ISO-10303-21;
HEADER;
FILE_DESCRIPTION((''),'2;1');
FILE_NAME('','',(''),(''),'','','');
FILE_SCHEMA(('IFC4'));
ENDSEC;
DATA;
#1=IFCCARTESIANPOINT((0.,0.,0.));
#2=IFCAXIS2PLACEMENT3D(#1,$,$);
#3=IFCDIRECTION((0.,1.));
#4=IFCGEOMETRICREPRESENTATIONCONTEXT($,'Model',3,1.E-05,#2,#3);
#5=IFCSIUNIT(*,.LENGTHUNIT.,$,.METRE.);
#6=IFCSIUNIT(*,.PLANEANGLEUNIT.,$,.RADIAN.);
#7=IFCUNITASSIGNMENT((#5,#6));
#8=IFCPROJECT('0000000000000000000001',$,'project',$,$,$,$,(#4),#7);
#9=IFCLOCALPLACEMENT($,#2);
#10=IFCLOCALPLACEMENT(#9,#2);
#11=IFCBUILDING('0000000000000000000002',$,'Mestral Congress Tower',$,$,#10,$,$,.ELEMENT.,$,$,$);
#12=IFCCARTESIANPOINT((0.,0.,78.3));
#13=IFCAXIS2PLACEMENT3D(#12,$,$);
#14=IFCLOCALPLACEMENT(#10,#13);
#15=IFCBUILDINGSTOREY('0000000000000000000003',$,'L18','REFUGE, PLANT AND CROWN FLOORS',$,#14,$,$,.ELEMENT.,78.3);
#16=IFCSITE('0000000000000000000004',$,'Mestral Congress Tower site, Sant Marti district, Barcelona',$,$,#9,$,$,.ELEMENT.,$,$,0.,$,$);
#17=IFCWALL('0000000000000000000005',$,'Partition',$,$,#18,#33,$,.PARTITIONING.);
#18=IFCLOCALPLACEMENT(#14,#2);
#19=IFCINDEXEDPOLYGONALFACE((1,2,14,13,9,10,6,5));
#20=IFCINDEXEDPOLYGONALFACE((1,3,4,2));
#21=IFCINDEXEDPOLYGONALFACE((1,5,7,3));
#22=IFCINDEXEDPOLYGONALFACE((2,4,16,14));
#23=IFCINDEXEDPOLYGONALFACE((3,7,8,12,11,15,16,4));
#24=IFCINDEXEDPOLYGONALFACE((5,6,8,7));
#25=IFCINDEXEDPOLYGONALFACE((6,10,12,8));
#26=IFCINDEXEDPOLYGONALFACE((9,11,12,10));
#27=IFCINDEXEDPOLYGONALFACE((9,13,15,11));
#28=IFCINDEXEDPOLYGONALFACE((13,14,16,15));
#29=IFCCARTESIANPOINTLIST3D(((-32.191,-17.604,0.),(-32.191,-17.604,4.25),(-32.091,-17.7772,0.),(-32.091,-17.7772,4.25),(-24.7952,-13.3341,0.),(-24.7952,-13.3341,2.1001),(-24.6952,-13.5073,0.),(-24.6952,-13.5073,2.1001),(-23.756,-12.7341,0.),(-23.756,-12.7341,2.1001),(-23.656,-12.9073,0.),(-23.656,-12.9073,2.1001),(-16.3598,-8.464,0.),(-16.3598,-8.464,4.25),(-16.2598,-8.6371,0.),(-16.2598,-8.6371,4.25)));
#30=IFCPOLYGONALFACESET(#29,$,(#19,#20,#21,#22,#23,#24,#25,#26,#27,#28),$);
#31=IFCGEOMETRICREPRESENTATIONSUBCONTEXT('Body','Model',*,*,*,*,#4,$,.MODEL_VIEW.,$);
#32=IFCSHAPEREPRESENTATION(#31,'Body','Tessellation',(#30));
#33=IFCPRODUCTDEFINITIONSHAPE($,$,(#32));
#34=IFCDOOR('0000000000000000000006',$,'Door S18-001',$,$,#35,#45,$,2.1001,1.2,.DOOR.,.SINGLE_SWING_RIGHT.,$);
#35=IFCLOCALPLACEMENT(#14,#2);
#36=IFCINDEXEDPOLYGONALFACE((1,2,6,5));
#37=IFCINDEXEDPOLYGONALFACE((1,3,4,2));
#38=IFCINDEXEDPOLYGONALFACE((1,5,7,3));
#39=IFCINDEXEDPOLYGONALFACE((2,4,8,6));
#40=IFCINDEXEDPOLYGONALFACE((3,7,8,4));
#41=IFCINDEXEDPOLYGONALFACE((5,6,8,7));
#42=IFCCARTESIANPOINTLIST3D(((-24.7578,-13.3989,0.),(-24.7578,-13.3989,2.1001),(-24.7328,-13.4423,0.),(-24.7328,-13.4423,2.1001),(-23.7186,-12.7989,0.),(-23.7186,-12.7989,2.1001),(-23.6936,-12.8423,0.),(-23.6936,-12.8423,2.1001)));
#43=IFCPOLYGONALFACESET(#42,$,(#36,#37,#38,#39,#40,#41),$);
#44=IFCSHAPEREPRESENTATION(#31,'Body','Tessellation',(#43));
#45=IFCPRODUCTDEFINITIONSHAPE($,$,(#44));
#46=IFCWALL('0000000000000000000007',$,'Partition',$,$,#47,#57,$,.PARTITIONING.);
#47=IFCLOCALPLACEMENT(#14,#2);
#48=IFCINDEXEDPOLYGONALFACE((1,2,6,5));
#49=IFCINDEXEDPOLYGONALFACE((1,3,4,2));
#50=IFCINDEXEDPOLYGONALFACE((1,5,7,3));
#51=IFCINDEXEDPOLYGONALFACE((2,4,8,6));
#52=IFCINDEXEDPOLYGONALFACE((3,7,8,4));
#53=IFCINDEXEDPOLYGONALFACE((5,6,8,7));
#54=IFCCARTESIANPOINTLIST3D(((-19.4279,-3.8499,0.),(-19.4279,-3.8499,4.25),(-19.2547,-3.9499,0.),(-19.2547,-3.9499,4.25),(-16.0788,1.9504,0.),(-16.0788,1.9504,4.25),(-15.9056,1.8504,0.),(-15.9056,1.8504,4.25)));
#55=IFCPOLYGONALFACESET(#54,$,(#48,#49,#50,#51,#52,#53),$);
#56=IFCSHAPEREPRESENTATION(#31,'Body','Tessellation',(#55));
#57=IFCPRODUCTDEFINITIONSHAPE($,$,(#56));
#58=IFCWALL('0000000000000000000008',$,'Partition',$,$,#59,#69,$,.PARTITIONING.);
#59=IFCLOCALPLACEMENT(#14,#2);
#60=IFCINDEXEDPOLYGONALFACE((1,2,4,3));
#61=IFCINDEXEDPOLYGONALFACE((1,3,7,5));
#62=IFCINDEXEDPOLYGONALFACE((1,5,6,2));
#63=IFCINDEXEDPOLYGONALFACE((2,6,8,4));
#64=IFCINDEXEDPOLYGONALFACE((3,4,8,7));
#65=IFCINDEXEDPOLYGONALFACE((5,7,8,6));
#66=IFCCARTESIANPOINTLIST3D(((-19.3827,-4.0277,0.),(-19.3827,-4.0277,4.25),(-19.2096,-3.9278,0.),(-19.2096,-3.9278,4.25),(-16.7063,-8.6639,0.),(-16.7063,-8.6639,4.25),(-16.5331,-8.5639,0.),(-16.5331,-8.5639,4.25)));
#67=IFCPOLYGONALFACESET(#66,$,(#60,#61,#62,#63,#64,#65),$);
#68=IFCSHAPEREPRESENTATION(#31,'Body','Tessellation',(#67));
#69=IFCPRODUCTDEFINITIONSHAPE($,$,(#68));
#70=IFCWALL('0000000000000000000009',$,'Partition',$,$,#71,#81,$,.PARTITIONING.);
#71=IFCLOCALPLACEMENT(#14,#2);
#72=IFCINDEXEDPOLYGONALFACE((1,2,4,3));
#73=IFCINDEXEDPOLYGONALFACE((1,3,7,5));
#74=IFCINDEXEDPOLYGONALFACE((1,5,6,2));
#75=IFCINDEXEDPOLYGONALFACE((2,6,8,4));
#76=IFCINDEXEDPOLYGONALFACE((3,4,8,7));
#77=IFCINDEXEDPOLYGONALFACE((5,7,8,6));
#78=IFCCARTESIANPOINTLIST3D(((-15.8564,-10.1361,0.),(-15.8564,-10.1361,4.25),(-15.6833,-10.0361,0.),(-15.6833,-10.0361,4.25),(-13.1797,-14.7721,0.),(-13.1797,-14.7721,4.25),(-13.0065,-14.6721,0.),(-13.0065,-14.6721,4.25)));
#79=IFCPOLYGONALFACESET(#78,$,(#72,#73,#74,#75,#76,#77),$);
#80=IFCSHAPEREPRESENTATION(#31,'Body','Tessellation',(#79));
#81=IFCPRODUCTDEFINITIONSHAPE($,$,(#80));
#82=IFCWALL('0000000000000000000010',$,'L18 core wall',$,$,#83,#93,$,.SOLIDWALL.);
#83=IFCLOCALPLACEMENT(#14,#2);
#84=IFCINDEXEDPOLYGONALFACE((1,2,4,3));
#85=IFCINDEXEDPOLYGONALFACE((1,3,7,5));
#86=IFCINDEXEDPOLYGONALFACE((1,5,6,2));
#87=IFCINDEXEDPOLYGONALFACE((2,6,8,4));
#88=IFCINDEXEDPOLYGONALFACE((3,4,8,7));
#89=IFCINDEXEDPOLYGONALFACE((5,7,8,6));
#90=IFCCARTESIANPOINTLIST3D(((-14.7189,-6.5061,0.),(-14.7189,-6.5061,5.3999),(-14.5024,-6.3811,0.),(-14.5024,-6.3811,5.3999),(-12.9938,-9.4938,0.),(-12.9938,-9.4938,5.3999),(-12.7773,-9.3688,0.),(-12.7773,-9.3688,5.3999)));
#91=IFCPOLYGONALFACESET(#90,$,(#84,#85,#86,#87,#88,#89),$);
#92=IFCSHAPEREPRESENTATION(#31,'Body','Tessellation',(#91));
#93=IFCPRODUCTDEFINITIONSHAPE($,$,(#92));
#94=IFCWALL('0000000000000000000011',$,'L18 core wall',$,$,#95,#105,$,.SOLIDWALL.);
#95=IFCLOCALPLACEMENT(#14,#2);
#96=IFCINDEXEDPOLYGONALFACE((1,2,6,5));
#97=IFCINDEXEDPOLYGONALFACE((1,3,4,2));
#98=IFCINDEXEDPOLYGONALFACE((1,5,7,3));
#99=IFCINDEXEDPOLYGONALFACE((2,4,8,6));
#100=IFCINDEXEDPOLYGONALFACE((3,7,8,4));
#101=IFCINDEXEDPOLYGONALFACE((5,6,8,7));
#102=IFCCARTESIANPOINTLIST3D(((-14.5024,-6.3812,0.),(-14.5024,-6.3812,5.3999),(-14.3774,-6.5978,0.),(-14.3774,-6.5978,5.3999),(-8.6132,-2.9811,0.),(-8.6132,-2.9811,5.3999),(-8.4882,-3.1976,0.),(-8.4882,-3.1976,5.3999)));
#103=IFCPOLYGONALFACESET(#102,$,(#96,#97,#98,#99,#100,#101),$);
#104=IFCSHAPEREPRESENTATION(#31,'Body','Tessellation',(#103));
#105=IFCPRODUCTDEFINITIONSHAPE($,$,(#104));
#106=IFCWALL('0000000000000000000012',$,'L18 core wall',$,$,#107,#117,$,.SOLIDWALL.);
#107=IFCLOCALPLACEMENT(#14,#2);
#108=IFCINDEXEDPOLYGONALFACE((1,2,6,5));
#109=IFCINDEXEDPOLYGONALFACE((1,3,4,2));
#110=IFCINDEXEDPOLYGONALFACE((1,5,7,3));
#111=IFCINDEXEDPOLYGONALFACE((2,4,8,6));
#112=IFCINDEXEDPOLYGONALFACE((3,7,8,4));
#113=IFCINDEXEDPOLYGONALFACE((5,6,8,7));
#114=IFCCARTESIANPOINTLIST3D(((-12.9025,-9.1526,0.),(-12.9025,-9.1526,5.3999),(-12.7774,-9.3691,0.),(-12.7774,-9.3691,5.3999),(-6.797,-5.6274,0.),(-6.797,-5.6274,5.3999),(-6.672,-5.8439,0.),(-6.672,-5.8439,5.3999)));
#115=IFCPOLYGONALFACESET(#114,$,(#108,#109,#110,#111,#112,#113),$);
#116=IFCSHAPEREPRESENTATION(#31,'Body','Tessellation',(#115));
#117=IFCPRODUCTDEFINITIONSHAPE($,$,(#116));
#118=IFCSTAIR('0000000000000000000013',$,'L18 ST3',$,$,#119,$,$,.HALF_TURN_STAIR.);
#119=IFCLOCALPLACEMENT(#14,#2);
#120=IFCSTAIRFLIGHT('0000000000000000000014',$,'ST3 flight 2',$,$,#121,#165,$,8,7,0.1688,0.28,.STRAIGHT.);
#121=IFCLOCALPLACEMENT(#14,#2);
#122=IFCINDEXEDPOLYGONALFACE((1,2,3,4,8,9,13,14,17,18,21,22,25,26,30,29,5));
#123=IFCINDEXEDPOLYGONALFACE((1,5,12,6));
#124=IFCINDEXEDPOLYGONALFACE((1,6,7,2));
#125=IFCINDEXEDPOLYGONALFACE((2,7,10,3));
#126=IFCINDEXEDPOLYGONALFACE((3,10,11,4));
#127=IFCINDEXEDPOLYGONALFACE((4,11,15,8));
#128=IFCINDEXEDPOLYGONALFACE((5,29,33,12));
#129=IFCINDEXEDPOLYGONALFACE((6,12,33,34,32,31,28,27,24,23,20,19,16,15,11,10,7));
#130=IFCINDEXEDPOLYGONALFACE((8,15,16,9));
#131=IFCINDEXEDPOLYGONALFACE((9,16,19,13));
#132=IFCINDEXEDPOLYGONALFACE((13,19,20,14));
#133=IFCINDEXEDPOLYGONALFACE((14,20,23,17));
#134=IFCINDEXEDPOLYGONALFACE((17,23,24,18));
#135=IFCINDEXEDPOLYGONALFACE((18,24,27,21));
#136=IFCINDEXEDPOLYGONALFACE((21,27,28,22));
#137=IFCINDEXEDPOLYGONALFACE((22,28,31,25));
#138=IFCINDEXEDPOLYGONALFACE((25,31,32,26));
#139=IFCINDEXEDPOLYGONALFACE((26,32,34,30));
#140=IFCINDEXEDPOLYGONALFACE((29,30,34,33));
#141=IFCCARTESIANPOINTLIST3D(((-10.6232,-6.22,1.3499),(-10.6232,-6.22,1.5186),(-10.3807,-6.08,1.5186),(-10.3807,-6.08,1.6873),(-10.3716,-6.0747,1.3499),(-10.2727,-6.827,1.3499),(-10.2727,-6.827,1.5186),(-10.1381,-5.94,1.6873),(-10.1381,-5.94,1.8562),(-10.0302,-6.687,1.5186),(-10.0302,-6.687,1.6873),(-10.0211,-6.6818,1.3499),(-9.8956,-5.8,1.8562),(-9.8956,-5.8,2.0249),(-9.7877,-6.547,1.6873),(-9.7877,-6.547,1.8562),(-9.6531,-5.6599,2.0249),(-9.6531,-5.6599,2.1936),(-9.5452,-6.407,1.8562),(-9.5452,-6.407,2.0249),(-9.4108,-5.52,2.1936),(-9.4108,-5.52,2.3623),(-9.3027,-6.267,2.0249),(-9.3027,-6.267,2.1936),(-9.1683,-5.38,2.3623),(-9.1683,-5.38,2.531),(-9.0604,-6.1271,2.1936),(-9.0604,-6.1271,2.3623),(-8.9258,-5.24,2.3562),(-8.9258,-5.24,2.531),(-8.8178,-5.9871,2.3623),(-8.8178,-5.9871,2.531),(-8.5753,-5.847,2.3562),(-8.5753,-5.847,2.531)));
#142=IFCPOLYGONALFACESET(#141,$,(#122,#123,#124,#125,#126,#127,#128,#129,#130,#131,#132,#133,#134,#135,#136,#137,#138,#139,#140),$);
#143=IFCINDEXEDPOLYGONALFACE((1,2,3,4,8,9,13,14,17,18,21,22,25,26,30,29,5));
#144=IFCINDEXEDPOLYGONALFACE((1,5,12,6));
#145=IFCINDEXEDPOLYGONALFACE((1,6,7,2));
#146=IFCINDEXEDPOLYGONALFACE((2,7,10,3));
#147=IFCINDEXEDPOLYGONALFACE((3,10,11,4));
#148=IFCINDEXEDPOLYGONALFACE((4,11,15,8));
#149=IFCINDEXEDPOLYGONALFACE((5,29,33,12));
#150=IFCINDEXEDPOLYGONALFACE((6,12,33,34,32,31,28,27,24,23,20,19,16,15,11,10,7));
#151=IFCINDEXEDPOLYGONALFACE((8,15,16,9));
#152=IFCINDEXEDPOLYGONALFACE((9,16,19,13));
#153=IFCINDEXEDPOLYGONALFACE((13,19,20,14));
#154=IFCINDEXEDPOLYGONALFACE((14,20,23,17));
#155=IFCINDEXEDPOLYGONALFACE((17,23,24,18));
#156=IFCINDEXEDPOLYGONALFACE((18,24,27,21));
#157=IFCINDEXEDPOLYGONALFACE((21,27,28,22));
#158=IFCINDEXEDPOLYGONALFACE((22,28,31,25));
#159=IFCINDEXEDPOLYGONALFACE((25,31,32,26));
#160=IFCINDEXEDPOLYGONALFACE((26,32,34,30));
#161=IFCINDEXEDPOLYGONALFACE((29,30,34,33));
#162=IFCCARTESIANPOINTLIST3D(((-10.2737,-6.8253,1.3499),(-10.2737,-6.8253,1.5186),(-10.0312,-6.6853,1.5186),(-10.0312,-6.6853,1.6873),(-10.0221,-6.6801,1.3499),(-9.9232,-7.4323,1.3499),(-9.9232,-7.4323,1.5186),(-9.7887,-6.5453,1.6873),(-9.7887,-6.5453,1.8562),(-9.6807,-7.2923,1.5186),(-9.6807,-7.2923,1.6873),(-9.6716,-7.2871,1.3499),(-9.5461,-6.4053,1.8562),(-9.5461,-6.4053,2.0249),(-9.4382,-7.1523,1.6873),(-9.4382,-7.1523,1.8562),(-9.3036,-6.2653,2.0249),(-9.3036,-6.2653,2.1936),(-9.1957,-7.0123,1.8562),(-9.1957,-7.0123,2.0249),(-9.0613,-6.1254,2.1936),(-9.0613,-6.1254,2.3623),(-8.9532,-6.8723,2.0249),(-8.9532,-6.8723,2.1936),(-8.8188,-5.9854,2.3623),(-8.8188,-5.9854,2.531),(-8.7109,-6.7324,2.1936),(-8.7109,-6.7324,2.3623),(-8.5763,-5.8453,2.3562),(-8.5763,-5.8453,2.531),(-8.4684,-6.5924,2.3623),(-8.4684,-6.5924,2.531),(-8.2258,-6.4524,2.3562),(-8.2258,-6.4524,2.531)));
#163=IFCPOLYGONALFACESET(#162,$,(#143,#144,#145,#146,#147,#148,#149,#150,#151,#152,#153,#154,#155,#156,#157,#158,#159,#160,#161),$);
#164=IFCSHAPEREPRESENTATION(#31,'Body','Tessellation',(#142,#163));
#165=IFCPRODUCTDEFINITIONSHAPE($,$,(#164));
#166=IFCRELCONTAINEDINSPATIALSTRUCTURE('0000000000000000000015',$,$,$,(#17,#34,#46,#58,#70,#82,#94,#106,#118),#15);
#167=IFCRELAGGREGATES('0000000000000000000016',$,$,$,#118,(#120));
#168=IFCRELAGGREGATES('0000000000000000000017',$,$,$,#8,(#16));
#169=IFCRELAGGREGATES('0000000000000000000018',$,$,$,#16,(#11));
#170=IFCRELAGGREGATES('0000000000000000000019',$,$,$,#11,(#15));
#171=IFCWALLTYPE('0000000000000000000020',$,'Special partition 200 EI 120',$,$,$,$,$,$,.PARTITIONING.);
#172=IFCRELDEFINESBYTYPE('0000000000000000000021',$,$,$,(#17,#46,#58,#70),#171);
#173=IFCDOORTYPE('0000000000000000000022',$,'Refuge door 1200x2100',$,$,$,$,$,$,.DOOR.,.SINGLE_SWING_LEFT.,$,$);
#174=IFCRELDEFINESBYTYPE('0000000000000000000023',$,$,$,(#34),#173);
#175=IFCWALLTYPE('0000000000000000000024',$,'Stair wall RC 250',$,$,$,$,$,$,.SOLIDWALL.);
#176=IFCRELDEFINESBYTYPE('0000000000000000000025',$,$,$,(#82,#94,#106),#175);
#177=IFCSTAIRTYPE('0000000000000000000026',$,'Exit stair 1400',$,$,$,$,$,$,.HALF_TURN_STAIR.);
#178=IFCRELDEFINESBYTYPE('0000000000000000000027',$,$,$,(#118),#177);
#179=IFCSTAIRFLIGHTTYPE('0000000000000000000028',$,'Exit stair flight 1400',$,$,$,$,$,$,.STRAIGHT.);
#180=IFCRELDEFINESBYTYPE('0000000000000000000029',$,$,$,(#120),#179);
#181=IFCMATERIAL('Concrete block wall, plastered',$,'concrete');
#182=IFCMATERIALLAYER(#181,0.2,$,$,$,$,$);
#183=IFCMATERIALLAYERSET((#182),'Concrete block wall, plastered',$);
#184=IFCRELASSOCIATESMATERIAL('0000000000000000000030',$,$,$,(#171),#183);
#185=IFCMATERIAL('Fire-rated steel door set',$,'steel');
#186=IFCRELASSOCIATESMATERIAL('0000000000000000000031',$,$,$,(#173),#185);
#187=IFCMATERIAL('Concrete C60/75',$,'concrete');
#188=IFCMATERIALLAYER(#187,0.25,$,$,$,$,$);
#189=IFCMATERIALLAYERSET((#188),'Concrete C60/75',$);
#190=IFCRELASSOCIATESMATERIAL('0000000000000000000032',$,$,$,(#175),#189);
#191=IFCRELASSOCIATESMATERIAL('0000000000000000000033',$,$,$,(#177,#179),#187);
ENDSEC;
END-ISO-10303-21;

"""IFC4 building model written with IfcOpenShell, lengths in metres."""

from ifc_helpers import new_model, si_unit, direction, frame, frame_2d, origin, place, context, subcontext, project, spatial, polyline, rectangle, outline, extrude, material, layer, layer_set, type_object, element, fill, aggregate, save


model = new_model("IFC4")

# Units and contexts
model_context = context("Model", 3, precision=1e-05, world=origin(), true_north=direction((0.0, 1.0)))
body_context = subcontext(model_context, "Body", "Model", "MODEL_VIEW")
ifc_project = project(units=[si_unit("LENGTHUNIT", "METRE"), si_unit("PLANEANGLEUNIT", "RADIAN")], contexts=[model_context])

# Site, building, storey
site_placement = place(None, origin())
site = spatial("IfcSite", under=ifc_project, at=site_placement, Name="Mestral Congress Tower site, Sant Marti district, Barcelona", CompositionType="ELEMENT", RefElevation=0.0)
building_placement = place(site_placement, origin())
building = spatial("IfcBuilding", under=site, at=building_placement, Name="Mestral Congress Tower", CompositionType="ELEMENT")
storey_placement = place(building_placement, frame((0.0, 0.0, 78.3)))
storey = spatial("IfcBuildingStorey", under=building, at=storey_placement, Name="L18", Description="REFUGE, PLANT AND CROWN FLOORS", CompositionType="ELEMENT", Elevation=78.3)

# Shared definitions
placement = place(storey_placement, origin())

# Shared definitions
ifc_material_1 = material(Name="Concrete C60/75", Category="concrete")

# Wall, opening, door
ifc_material_2 = material(Name="Concrete block wall, plastered", Category="concrete")
ifc_layer_1 = layer(ifc_material_2, 0.2)
ifc_layer_set_1 = layer_set([ifc_layer_1], Name="Concrete block wall, plastered")
wall_type_1 = type_object("IfcWallType", Name="Special partition 200 EI 120", PredefinedType="PARTITIONING", material=ifc_layer_set_1)
wall_1_placement = place(storey_placement, frame((-16.3098, -8.5505, 0.0), z_axis=(0.0, 0.0, 1.0), x_axis=(-0.866027, -0.499997, 0.0)))
wall_1 = element("IfcWall", 1, at=wall_1_placement, inside=storey, type_object=wall_type_1, Name="Partition", PredefinedType="PARTITIONING", context=body_context, shape_type="SweptSolid", body=[
    extrude(rectangle(XDim=18.2803, YDim=0.2, at=frame_2d((9.1401, 0.0))), origin(), (0.0, 0.0, 1.0), 4.25),
])
opening_placement = place(wall_1_placement, frame((8.5403, 0.0, 0.0)))
opening = element("IfcOpeningElement", 2, at=opening_placement, cuts=wall_1, PredefinedType="OPENING", context=body_context, shape_type="SweptSolid", body=[
    extrude(rectangle(XDim=1.2, YDim=2.1001, at=frame_2d((0.6001, 1.05))), frame((0.0, 0.1099, 0.0), z_axis=(0.0, -1.0, 0.0), x_axis=(1.0, 0.0, 0.0)), (0.0, 0.0, 1.0), 0.22),
])
ifc_material_3 = material(Name="Fire-rated steel door set", Category="steel")
door_type = type_object("IfcDoorType", Name="Refuge door 1200x2100", OperationType="SINGLE_SWING_LEFT", PredefinedType="DOOR", material=ifc_material_3)
door_placement = place(opening_placement, origin())
door = element("IfcDoor", 3, at=door_placement, inside=storey, type_object=door_type, Name="Door S18-001", OperationType="SINGLE_SWING_RIGHT", OverallHeight=2.1001, OverallWidth=1.2, PredefinedType="DOOR", context=body_context, shape_type="SweptSolid", body=[
    extrude(rectangle(XDim=1.2, YDim=2.1001, at=frame_2d((0.6001, 1.05))), frame((0.0, 0.0249, 0.0), z_axis=(0.0, -1.0, 0.0), x_axis=(1.0, 0.0, 0.0)), (0.0, 0.0, 1.0), 0.05),
])
fill(opening, door)

# Walls
wall_2_placement = place(storey_placement, frame((-19.3413, -3.8999, 0.0), z_axis=(0.0, 0.0, 1.0), x_axis=(0.500036, 0.866005, 0.0)))
element("IfcWall", 4, at=wall_2_placement, inside=storey, type_object=wall_type_1, Name="Partition", PredefinedType="PARTITIONING", context=body_context, shape_type="SweptSolid", body=[
    extrude(rectangle(XDim=6.6978, YDim=0.2, at=frame_2d((3.3489, 0.0))), origin(), (0.0, 0.0, 1.0), 4.25),
])
for number, where, z_axis, x_axis, name in (
    (5, (-16.6196, -8.614, 0.0), (0.0, 0.0, 1.0), (-0.49997, 0.866043, 0.0), "Partition"),
    (6, (-13.093, -14.7222, 0.0), (0.0, 0.0, 1.0), (-0.500024, 0.866012, 0.0), "Partition"),
):
    element("IfcWall", number, at=place(storey_placement, frame(where, z_axis=z_axis, x_axis=x_axis)), inside=storey, type_object=wall_type_1, Name=name, PredefinedType="PARTITIONING", context=body_context, shape_type="SweptSolid", body=[
        extrude(rectangle(XDim=5.3533, YDim=0.2, at=frame_2d((2.6768, 0.0))), origin(), (0.0, 0.0, 1.0), 4.25),
    ])
ifc_layer_2 = layer(ifc_material_1, 0.25)
ifc_layer_set_2 = layer_set([ifc_layer_2], Name="Concrete C60/75")
wall_type_2 = type_object("IfcWallType", Name="Stair wall RC 250", PredefinedType="SOLIDWALL", material=ifc_layer_set_2)
wall_3_placement = place(storey_placement, frame((-12.8855, -9.4314, 0.0), z_axis=(0.0, 0.0, 1.0), x_axis=(-0.500021, 0.866014, 0.0)))
element("IfcWall", 7, at=wall_3_placement, inside=storey, type_object=wall_type_2, Name="L18 core wall", PredefinedType="SOLIDWALL", context=body_context, shape_type="SweptSolid", body=[
    extrude(rectangle(XDim=3.45, YDim=0.25, at=frame_2d((1.7251, 0.0))), origin(), (0.0, 0.0, 1.0), 5.3999),
])
wall_4_placement = place(storey_placement, frame((-14.4399, -6.4895, 0.0), z_axis=(0.0, 0.0, 1.0), x_axis=(0.866023, 0.500004, 0.0)))
element("IfcWall", 8, at=wall_4_placement, inside=storey, type_object=wall_type_2, Name="L18 core wall", PredefinedType="SOLIDWALL", context=body_context, shape_type="SweptSolid", body=[
    extrude(rectangle(XDim=6.8003, YDim=0.25, at=frame_2d((3.4001, 0.0))), origin(), (0.0, 0.0, 1.0), 5.3999),
])
wall_5_placement = place(storey_placement, frame((-12.8398, -9.2607, 0.0), z_axis=(0.0, 0.0, 1.0), x_axis=(0.866016, 0.500016, 0.0)))
element("IfcWall", 9, at=wall_5_placement, inside=storey, type_object=wall_type_2, Name="L18 core wall", PredefinedType="SOLIDWALL", context=body_context, shape_type="SweptSolid", body=[
    extrude(rectangle(XDim=7.05, YDim=0.25, at=frame_2d((3.5249, 0.0))), origin(), (0.0, 0.0, 1.0), 5.3999),
])

# Stair, stair flight
stair_type = type_object("IfcStairType", Name="Exit stair 1400", PredefinedType="HALF_TURN_STAIR", material=ifc_material_1)
stair = element("IfcStair", 10, at=placement, inside=storey, type_object=stair_type, Name="L18 ST3", PredefinedType="HALF_TURN_STAIR")
stair_flight_type = type_object("IfcStairFlightType", Name="Exit stair flight 1400", PredefinedType="STRAIGHT", material=ifc_material_1)
stair_flight_1_placement = place(storey_placement, frame((-10.2732, -6.8262, 1.3499), z_axis=(0.0, 0.0, 1.0), x_axis=(0.866025, 0.5, 0.0)))
stair_flight_1 = element("IfcStairFlight", 11, at=stair_flight_1_placement, type_object=stair_flight_type, Name="ST3 flight 2", NumberOfRisers=8, NumberOfTreads=7, PredefinedType="STRAIGHT", RiserHeight=0.1688, TreadLength=0.28, context=body_context, shape_type="SweptSolid", body=[
    extrude(outline(polyline([(0.0, 0.0), (0.0, 0.1687), (0.28, 0.1687), (0.28, 0.3374), (0.5601, 0.3374), (0.5601, 0.5063), (0.8401, 0.5063), (0.8401, 0.675), (1.1201, 0.675), (1.1201, 0.8438), (1.3999, 0.8438), (1.3999, 1.0125), (1.6799, 1.0125), (1.6799, 1.1812), (1.96, 1.1812), (1.96, 1.3501), (1.96, 1.0063), (0.2905, 0.0), (0.0, 0.0)])), frame((0.0, 0.7, 0.0), z_axis=(0.0, -1.0, 0.0), x_axis=(1.0, 0.0, 0.0)), (0.0, 0.0, 1.0), 0.7009),
    extrude(outline(polyline([(0.0, 0.0), (0.0, 0.1687), (0.28, 0.1687), (0.28, 0.3374), (0.5601, 0.3374), (0.5601, 0.5063), (0.8401, 0.5063), (0.8401, 0.675), (1.1201, 0.675), (1.1201, 0.8438), (1.3999, 0.8438), (1.3999, 1.0125), (1.6799, 1.0125), (1.6799, 1.1812), (1.96, 1.1812), (1.96, 1.3501), (1.96, 1.0063), (0.2905, 0.0), (0.0, 0.0)])), frame((0.0, 0.001, 0.0), z_axis=(0.0, -1.0, 0.0), x_axis=(1.0, 0.0, 0.0)), (0.0, 0.0, 1.0), 0.7009),
])
aggregate(stair, [stair_flight_1])

save(model, "model.ifc")
